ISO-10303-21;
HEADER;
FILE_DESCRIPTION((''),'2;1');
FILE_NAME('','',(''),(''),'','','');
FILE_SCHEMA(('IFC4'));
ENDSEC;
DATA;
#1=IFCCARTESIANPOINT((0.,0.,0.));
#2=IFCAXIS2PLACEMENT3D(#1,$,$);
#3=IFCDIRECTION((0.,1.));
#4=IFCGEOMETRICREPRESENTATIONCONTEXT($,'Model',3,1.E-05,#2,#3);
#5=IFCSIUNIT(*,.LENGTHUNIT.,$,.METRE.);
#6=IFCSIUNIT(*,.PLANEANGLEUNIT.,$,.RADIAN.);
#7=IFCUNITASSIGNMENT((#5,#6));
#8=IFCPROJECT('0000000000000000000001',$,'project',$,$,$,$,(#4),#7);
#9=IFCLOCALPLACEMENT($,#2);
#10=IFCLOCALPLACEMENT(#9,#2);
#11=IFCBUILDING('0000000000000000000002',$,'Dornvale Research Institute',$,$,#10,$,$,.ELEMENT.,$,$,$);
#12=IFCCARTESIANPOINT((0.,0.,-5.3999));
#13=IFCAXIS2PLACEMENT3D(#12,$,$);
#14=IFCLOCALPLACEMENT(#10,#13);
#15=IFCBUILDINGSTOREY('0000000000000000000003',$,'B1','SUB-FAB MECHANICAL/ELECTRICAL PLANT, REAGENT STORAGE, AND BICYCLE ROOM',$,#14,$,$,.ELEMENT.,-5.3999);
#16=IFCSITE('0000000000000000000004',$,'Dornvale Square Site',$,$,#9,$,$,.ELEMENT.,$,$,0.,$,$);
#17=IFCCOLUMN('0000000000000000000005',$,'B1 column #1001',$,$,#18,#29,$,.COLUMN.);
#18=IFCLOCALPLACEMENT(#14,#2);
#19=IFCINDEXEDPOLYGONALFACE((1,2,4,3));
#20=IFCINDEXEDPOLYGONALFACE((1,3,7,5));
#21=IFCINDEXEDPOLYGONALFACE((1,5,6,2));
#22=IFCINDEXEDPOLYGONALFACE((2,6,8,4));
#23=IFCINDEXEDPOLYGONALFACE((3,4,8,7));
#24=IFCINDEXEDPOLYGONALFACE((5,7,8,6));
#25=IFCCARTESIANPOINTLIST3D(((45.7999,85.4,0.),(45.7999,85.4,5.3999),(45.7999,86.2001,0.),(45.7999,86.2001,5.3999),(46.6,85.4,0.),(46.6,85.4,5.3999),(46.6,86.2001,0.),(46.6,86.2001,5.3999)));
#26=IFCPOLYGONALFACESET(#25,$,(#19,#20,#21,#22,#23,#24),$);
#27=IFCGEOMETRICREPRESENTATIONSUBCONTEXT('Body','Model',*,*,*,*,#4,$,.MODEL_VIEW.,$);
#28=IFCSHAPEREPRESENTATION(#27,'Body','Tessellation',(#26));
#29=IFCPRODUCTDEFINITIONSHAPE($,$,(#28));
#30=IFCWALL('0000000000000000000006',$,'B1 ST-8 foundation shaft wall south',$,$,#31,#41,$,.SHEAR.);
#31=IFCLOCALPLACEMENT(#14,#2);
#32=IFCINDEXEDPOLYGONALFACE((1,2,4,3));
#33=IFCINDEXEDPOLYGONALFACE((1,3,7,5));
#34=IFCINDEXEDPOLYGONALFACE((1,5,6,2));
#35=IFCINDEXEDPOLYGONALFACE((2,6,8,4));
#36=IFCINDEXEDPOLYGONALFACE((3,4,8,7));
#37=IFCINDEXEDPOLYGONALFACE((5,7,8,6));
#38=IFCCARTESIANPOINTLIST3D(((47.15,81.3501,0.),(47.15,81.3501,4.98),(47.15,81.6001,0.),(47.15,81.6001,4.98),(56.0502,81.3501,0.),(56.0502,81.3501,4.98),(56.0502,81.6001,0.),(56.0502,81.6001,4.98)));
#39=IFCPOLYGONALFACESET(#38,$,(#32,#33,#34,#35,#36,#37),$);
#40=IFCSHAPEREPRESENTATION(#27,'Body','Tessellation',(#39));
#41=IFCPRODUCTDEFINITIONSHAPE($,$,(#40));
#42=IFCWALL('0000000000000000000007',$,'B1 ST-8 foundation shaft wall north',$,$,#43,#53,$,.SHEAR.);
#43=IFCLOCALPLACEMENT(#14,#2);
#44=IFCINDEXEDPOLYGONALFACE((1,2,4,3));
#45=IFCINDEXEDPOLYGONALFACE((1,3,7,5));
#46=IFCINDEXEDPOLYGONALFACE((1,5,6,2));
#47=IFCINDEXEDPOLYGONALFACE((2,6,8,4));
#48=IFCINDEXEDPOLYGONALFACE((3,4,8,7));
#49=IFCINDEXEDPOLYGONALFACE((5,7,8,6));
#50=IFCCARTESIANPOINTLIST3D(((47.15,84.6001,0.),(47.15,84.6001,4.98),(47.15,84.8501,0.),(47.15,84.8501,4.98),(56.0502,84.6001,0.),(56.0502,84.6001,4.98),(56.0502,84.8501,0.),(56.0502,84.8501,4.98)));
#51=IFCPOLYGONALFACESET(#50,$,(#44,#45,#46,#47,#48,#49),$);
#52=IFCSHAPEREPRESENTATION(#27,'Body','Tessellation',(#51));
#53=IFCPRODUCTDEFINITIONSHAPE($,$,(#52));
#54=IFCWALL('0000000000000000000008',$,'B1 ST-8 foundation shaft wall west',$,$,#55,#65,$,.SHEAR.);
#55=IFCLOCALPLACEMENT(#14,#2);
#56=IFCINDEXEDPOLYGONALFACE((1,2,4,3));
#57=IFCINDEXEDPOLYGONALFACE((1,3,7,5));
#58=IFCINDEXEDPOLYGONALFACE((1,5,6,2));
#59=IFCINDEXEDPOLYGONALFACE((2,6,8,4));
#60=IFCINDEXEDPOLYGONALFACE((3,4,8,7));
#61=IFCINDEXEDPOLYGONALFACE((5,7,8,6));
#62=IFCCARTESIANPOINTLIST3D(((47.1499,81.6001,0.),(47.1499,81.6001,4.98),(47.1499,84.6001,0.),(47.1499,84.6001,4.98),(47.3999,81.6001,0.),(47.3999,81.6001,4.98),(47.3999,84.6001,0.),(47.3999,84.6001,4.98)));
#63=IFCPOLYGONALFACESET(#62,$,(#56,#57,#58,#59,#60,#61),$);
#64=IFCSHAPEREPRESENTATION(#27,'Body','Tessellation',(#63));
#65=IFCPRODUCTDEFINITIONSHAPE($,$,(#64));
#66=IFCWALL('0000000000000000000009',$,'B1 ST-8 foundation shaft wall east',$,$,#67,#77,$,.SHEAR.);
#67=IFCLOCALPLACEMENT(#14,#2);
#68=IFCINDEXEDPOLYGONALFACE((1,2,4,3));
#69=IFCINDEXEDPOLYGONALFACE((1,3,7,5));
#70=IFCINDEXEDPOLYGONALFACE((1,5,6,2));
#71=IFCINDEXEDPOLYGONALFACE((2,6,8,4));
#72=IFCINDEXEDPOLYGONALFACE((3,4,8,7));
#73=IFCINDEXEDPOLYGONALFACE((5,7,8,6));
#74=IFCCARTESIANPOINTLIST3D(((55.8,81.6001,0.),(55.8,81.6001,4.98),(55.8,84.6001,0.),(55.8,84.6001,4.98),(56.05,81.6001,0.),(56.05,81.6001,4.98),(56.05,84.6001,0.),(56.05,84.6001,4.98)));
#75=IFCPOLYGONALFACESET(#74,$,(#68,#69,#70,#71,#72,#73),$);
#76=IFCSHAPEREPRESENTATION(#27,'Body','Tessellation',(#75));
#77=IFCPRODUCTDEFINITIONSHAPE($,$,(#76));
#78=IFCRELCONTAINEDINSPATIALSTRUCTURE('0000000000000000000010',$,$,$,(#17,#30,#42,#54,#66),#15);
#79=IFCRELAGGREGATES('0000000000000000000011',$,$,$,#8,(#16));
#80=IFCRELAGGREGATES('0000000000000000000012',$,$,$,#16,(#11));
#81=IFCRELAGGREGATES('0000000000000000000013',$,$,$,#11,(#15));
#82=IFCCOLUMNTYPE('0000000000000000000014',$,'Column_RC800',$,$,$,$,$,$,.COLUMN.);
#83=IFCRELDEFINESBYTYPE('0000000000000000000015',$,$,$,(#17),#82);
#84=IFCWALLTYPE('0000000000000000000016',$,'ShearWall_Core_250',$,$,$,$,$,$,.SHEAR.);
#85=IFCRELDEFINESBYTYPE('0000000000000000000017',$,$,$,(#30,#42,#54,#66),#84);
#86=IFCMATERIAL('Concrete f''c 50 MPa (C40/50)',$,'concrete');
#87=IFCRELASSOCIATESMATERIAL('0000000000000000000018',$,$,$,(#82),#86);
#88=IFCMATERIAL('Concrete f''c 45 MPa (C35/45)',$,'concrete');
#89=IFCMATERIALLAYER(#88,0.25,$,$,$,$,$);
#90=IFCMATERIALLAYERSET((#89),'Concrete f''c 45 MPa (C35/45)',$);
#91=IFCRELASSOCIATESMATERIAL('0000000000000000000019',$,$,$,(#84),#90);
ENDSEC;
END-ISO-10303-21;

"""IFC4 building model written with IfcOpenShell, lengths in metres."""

from ifc_helpers import new_model, si_unit, direction, frame, frame_2d, origin, origin_2d, place, context, subcontext, project, spatial, rectangle, extrude, material, layer, layer_set, material_profile, profile_set, type_object, element, save


model = new_model("IFC4")

# Units and contexts
model_context = context("Model", 3, precision=1e-05, world=origin(), true_north=direction((0.0, 1.0)))
body_context = subcontext(model_context, "Body", "Model", "MODEL_VIEW")
ifc_project = project(units=[si_unit("LENGTHUNIT", "METRE"), si_unit("PLANEANGLEUNIT", "RADIAN")], contexts=[model_context])

# Site, building, storey
site_placement = place(None, origin())
site = spatial("IfcSite", under=ifc_project, at=site_placement, Name="Dornvale Square Site", CompositionType="ELEMENT", RefElevation=0.0)
building_placement = place(site_placement, origin())
building = spatial("IfcBuilding", under=site, at=building_placement, Name="Dornvale Research Institute", CompositionType="ELEMENT")
storey_placement = place(building_placement, frame((0.0, 0.0, -5.3999)))
storey = spatial("IfcBuildingStorey", under=building, at=storey_placement, Name="B1", Description="SUB-FAB MECHANICAL/ELECTRICAL PLANT, REAGENT STORAGE, AND BICYCLE ROOM", CompositionType="ELEMENT", Elevation=-5.3999)

# Column
ifc_material_1 = material(Name="Concrete f'c 50 MPa (C40/50)", Category="concrete")
ifc_material_profile_1 = material_profile(ifc_material_1, rectangle(XDim=0.8, YDim=0.8, at=origin_2d()), Name="RC 800x800")
ifc_profile_set_1 = profile_set([ifc_material_profile_1], Name="Concrete f'c 50 MPa (C40/50)")
column_type = type_object("IfcColumnType", Name="Column_RC800", PredefinedType="COLUMN", material=ifc_profile_set_1)
for number, where, z_axis, x_axis, name in (
    (1, (46.2, 85.8, 0.0), (0.0, 0.0, 1.0), (1.0, 0.0, 0.0), "B1 column #1001"),
):
    element("IfcColumn", number, at=place(storey_placement, frame(where, z_axis=z_axis, x_axis=x_axis)), inside=storey, type_object=column_type, Name=name, PredefinedType="COLUMN", context=body_context, shape_type="SweptSolid", body=[
        extrude(rectangle(XDim=0.8, YDim=0.8, at=origin_2d()), origin(), (0.0, 0.0, 1.0), 5.3999),
    ])

# Walls
ifc_material_2 = material(Name="Concrete f'c 45 MPa (C35/45)", Category="concrete")
ifc_layer = layer(ifc_material_2, 0.25)
ifc_layer_set = layer_set([ifc_layer], Name="Concrete f'c 45 MPa (C35/45)")
wall_type = type_object("IfcWallType", Name="ShearWall_Core_250", PredefinedType="SHEAR", material=ifc_layer_set)
for number, where, z_axis, x_axis, name in (
    (2, (47.1499, 81.4751, 0.0), (0.0, 0.0, 1.0), (1.0, 0.0, 0.0), "B1 ST-8 foundation shaft wall south"),
    (3, (47.1499, 84.7251, 0.0), (0.0, 0.0, 1.0), (1.0, 0.0, 0.0), "B1 ST-8 foundation shaft wall north"),
):
    element("IfcWall", number, at=place(storey_placement, frame(where, z_axis=z_axis, x_axis=x_axis)), inside=storey, type_object=wall_type, Name=name, PredefinedType="SHEAR", context=body_context, shape_type="SweptSolid", body=[
        extrude(rectangle(XDim=8.9001, YDim=0.25, at=frame_2d((4.4502, 0.0))), origin(), (0.0, 0.0, 1.0), 4.98),
    ])
for number, where, z_axis, x_axis, name in (
    (4, (47.2749, 81.6001, 0.0), (0.0, 0.0, 1.0), (0.0, 1.0, 0.0), "B1 ST-8 foundation shaft wall west"),
    (5, (55.925, 81.6001, 0.0), (0.0, 0.0, 1.0), (0.0, 1.0, 0.0), "B1 ST-8 foundation shaft wall east"),
):
    element("IfcWall", number, at=place(storey_placement, frame(where, z_axis=z_axis, x_axis=x_axis)), inside=storey, type_object=wall_type, Name=name, PredefinedType="SHEAR", context=body_context, shape_type="SweptSolid", body=[
        extrude(rectangle(XDim=3.0, YDim=0.25, at=frame_2d((1.5, 0.0))), origin(), (0.0, 0.0, 1.0), 4.98),
    ])

save(model, "model.ifc")
